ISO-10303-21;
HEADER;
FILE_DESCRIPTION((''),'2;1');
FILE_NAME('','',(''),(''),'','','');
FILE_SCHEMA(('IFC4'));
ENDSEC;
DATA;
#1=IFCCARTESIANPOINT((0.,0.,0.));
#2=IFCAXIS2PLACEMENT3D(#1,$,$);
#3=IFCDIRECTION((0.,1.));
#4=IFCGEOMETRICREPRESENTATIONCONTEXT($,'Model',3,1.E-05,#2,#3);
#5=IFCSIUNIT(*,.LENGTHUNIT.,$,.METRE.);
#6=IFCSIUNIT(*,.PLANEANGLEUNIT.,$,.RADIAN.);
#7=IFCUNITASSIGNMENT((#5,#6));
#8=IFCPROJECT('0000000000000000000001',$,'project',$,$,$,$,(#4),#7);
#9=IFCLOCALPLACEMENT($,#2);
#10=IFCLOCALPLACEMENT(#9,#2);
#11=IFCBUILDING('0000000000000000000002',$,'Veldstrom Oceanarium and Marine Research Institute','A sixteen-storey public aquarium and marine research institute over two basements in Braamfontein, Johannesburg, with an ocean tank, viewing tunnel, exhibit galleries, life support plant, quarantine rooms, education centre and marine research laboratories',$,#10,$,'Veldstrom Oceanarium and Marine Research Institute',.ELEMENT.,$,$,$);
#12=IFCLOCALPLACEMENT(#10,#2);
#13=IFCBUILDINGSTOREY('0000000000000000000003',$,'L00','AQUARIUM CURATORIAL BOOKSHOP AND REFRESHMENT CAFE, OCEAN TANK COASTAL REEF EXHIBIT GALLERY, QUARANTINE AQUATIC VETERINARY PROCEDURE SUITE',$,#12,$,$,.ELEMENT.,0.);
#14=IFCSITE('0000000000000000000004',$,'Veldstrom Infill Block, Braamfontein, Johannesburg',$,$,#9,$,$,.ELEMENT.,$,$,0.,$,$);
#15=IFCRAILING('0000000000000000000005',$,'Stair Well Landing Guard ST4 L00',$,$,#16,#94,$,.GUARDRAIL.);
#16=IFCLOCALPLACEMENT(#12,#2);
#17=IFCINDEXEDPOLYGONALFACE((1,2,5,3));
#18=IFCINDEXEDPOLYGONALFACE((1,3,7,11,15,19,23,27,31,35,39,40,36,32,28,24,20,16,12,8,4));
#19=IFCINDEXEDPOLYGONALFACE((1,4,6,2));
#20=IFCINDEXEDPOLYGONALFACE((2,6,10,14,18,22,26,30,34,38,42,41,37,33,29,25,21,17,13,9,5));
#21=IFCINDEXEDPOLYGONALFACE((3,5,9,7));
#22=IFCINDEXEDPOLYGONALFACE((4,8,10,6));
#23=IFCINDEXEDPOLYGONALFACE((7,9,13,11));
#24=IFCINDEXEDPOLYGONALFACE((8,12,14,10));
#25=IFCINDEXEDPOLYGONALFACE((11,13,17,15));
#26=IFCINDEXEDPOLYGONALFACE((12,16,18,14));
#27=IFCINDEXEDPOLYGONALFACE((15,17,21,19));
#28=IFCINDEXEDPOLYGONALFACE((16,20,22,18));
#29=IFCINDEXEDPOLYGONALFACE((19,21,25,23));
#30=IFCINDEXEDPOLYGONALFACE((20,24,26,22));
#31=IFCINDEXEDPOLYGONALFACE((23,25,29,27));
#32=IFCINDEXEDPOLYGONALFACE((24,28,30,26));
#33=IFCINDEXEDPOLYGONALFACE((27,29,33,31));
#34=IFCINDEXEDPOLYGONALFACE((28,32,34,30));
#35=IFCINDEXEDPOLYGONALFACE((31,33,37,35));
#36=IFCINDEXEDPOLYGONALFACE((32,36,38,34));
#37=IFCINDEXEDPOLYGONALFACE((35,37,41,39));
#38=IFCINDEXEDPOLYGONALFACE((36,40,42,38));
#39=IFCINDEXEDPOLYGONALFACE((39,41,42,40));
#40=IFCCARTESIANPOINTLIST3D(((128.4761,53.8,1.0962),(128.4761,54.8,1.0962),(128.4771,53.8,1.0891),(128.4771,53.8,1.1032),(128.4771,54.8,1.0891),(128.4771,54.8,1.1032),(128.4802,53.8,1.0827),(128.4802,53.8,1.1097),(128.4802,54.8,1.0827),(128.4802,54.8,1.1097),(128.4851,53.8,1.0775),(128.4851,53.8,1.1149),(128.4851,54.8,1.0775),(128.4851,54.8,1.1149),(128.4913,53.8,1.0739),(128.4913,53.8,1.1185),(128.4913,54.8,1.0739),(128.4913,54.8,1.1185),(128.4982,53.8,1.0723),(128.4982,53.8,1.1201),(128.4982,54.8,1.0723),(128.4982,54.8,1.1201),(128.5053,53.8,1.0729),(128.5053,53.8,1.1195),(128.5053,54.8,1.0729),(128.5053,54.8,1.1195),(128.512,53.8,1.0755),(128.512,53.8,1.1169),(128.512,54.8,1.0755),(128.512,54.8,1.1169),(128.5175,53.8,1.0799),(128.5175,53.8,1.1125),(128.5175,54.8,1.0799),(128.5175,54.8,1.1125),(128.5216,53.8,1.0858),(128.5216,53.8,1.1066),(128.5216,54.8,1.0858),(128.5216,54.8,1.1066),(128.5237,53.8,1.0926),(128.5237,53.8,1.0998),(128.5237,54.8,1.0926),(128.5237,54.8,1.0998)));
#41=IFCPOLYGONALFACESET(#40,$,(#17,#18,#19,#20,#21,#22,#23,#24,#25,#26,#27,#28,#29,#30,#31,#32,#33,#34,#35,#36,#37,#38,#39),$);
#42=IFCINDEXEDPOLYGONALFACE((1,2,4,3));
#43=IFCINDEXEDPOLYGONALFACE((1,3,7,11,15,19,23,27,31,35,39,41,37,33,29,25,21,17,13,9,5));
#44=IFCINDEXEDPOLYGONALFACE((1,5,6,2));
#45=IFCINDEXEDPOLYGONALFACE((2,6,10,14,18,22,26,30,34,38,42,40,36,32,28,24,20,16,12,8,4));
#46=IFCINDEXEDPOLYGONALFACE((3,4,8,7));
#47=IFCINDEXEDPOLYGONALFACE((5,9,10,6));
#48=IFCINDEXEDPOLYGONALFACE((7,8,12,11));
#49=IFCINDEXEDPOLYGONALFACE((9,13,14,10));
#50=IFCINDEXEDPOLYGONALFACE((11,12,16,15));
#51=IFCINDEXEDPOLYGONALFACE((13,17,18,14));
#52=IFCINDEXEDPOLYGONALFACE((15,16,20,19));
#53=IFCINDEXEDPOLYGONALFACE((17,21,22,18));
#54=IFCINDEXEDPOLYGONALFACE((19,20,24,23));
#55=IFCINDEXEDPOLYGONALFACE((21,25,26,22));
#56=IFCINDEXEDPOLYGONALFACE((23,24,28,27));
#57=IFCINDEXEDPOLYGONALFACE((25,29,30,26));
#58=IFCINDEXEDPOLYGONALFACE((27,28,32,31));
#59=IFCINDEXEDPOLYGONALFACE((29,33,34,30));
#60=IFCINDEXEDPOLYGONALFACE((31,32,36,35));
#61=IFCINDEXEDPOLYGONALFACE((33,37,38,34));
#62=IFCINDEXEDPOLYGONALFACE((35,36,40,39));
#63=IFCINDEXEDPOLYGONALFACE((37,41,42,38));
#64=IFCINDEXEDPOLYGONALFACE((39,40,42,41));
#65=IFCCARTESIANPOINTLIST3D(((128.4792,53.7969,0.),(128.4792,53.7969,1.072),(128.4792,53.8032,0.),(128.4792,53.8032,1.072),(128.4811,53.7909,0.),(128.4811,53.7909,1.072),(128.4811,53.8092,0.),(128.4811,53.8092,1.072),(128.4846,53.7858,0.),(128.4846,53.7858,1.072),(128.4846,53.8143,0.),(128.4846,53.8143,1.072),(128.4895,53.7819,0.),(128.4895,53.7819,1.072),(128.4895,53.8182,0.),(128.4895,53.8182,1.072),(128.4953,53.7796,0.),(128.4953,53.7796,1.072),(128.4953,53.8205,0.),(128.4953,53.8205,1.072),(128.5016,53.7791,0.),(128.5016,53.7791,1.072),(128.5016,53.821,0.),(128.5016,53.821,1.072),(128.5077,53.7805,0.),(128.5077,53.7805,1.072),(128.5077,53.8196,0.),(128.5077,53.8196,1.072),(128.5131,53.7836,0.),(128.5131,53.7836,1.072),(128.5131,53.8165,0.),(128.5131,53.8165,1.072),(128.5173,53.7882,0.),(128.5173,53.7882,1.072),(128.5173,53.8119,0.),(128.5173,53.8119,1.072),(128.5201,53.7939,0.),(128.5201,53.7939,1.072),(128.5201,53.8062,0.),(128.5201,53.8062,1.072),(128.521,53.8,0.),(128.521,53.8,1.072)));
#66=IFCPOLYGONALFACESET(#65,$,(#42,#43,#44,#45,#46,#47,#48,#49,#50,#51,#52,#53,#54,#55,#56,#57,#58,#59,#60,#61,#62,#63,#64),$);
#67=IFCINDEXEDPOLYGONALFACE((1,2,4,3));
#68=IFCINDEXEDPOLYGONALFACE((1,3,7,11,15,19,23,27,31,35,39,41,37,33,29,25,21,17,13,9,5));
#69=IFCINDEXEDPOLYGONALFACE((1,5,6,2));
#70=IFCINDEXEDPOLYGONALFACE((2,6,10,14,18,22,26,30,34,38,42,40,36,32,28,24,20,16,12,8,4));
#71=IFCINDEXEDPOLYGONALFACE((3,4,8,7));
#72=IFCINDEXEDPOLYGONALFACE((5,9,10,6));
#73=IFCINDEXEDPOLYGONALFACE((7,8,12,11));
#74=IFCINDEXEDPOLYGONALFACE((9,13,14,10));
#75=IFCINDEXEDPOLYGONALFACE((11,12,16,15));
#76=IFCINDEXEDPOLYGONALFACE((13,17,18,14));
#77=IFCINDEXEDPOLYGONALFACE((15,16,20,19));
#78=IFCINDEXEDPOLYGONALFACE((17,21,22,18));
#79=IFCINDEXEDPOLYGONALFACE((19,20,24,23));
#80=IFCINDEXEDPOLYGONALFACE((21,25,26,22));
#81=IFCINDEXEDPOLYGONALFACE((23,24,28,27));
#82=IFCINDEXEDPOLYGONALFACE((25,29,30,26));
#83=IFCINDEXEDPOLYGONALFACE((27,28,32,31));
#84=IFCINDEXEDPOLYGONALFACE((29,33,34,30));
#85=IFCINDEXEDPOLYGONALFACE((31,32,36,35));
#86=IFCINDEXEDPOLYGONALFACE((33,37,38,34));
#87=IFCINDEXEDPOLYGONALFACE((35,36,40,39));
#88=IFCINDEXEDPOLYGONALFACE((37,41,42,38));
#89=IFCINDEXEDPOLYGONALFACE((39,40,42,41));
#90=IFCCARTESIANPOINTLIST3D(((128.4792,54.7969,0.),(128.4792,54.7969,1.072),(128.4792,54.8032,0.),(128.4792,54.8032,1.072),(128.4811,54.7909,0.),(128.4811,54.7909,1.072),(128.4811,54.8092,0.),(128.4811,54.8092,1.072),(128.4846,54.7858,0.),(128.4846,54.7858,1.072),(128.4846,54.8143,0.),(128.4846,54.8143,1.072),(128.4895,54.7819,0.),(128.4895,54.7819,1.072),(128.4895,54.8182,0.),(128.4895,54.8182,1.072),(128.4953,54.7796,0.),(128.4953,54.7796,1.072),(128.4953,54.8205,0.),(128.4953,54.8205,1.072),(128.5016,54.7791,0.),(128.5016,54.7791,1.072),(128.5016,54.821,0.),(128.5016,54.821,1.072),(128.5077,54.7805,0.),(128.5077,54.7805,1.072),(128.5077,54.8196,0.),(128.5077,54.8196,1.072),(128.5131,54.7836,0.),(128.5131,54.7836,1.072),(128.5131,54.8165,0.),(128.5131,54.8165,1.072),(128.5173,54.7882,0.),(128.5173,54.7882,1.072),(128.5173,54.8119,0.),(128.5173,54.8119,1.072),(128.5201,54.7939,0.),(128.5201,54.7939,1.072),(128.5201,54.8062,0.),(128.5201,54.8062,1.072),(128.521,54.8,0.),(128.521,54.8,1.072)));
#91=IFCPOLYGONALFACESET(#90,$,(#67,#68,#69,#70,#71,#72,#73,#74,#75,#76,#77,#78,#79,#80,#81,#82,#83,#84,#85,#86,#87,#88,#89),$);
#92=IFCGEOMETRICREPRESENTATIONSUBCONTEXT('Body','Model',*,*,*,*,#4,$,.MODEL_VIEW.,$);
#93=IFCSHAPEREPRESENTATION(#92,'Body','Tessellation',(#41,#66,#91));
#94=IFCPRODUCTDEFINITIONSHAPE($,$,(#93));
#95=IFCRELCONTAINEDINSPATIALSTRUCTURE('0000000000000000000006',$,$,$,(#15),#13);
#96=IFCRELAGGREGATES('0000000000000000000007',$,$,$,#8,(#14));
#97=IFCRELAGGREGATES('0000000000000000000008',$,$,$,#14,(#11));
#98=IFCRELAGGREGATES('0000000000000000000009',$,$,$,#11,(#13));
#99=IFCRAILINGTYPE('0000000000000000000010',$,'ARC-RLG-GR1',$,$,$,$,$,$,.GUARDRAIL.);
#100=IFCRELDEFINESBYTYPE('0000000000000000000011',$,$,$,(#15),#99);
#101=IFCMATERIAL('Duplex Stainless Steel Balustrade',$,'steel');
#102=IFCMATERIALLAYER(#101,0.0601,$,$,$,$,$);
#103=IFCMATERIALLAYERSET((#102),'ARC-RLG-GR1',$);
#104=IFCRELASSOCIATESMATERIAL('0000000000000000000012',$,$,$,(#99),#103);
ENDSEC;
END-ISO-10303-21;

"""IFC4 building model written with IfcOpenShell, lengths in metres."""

from ifc_helpers import new_model, si_unit, direction, frame, origin, origin_2d, place, context, subcontext, project, spatial, circle, extrude, material, layer, layer_set, type_object, element, save


model = new_model("IFC4")

# Units and contexts
model_context = context("Model", 3, precision=1e-05, world=origin(), true_north=direction((0.0, 1.0)))
body_context = subcontext(model_context, "Body", "Model", "MODEL_VIEW")
ifc_project = project(units=[si_unit("LENGTHUNIT", "METRE"), si_unit("PLANEANGLEUNIT", "RADIAN")], contexts=[model_context])

# Site, building, storey
site_placement = place(None, origin())
site = spatial("IfcSite", under=ifc_project, at=site_placement, Name="Veldstrom Infill Block, Braamfontein, Johannesburg", CompositionType="ELEMENT", RefElevation=0.0)
building_placement = place(site_placement, origin())
building = spatial("IfcBuilding", under=site, at=building_placement, Name="Veldstrom Oceanarium and Marine Research Institute", Description="A sixteen-storey public aquarium and marine research institute over two basements in Braamfontein, Johannesburg, with an ocean tank, viewing tunnel, exhibit galleries, life support plant, quarantine rooms, education centre and marine research laboratories", LongName="Veldstrom Oceanarium and Marine Research Institute", CompositionType="ELEMENT")
storey_placement = place(building_placement, origin())
storey = spatial("IfcBuildingStorey", under=building, at=storey_placement, Name="L00", Description="AQUARIUM CURATORIAL BOOKSHOP AND REFRESHMENT CAFE, OCEAN TANK COASTAL REEF EXHIBIT GALLERY, QUARANTINE AQUATIC VETERINARY PROCEDURE SUITE", CompositionType="ELEMENT", Elevation=0.0)

# Railing
ifc_material_1 = material(Name="Duplex Stainless Steel Balustrade", Category="steel")
ifc_layer_1 = layer(ifc_material_1, 0.0601)
ifc_layer_set_1 = layer_set([ifc_layer_1], Name="ARC-RLG-GR1")
railing_type_1 = type_object("IfcRailingType", Name="ARC-RLG-GR1", PredefinedType="GUARDRAIL", material=ifc_layer_set_1)
railing_1_placement = place(storey_placement, frame((128.5, 53.8, 0.0)))
element("IfcRailing", 1, at=railing_1_placement, inside=storey, type_object=railing_type_1, Name="Stair Well Landing Guard ST4 L00", PredefinedType="GUARDRAIL", context=body_context, shape_type="SweptSolid", body=[
    extrude(circle(Radius=0.0239, at=origin_2d()), frame((0.0, 0.0, 1.0962), z_axis=(0.0, 1.0, 0.0), x_axis=(-1.0, 0.0, 0.0)), (0.0, 0.0, 1.0), 1.0),
    extrude(circle(Radius=0.021, at=origin_2d()), origin(), (0.0, 0.0, 1.0), 1.072),
    extrude(circle(Radius=0.021, at=origin_2d()), frame((0.0, 1.0, 0.0)), (0.0, 0.0, 1.0), 1.072),
])

save(model, "model.ifc")
